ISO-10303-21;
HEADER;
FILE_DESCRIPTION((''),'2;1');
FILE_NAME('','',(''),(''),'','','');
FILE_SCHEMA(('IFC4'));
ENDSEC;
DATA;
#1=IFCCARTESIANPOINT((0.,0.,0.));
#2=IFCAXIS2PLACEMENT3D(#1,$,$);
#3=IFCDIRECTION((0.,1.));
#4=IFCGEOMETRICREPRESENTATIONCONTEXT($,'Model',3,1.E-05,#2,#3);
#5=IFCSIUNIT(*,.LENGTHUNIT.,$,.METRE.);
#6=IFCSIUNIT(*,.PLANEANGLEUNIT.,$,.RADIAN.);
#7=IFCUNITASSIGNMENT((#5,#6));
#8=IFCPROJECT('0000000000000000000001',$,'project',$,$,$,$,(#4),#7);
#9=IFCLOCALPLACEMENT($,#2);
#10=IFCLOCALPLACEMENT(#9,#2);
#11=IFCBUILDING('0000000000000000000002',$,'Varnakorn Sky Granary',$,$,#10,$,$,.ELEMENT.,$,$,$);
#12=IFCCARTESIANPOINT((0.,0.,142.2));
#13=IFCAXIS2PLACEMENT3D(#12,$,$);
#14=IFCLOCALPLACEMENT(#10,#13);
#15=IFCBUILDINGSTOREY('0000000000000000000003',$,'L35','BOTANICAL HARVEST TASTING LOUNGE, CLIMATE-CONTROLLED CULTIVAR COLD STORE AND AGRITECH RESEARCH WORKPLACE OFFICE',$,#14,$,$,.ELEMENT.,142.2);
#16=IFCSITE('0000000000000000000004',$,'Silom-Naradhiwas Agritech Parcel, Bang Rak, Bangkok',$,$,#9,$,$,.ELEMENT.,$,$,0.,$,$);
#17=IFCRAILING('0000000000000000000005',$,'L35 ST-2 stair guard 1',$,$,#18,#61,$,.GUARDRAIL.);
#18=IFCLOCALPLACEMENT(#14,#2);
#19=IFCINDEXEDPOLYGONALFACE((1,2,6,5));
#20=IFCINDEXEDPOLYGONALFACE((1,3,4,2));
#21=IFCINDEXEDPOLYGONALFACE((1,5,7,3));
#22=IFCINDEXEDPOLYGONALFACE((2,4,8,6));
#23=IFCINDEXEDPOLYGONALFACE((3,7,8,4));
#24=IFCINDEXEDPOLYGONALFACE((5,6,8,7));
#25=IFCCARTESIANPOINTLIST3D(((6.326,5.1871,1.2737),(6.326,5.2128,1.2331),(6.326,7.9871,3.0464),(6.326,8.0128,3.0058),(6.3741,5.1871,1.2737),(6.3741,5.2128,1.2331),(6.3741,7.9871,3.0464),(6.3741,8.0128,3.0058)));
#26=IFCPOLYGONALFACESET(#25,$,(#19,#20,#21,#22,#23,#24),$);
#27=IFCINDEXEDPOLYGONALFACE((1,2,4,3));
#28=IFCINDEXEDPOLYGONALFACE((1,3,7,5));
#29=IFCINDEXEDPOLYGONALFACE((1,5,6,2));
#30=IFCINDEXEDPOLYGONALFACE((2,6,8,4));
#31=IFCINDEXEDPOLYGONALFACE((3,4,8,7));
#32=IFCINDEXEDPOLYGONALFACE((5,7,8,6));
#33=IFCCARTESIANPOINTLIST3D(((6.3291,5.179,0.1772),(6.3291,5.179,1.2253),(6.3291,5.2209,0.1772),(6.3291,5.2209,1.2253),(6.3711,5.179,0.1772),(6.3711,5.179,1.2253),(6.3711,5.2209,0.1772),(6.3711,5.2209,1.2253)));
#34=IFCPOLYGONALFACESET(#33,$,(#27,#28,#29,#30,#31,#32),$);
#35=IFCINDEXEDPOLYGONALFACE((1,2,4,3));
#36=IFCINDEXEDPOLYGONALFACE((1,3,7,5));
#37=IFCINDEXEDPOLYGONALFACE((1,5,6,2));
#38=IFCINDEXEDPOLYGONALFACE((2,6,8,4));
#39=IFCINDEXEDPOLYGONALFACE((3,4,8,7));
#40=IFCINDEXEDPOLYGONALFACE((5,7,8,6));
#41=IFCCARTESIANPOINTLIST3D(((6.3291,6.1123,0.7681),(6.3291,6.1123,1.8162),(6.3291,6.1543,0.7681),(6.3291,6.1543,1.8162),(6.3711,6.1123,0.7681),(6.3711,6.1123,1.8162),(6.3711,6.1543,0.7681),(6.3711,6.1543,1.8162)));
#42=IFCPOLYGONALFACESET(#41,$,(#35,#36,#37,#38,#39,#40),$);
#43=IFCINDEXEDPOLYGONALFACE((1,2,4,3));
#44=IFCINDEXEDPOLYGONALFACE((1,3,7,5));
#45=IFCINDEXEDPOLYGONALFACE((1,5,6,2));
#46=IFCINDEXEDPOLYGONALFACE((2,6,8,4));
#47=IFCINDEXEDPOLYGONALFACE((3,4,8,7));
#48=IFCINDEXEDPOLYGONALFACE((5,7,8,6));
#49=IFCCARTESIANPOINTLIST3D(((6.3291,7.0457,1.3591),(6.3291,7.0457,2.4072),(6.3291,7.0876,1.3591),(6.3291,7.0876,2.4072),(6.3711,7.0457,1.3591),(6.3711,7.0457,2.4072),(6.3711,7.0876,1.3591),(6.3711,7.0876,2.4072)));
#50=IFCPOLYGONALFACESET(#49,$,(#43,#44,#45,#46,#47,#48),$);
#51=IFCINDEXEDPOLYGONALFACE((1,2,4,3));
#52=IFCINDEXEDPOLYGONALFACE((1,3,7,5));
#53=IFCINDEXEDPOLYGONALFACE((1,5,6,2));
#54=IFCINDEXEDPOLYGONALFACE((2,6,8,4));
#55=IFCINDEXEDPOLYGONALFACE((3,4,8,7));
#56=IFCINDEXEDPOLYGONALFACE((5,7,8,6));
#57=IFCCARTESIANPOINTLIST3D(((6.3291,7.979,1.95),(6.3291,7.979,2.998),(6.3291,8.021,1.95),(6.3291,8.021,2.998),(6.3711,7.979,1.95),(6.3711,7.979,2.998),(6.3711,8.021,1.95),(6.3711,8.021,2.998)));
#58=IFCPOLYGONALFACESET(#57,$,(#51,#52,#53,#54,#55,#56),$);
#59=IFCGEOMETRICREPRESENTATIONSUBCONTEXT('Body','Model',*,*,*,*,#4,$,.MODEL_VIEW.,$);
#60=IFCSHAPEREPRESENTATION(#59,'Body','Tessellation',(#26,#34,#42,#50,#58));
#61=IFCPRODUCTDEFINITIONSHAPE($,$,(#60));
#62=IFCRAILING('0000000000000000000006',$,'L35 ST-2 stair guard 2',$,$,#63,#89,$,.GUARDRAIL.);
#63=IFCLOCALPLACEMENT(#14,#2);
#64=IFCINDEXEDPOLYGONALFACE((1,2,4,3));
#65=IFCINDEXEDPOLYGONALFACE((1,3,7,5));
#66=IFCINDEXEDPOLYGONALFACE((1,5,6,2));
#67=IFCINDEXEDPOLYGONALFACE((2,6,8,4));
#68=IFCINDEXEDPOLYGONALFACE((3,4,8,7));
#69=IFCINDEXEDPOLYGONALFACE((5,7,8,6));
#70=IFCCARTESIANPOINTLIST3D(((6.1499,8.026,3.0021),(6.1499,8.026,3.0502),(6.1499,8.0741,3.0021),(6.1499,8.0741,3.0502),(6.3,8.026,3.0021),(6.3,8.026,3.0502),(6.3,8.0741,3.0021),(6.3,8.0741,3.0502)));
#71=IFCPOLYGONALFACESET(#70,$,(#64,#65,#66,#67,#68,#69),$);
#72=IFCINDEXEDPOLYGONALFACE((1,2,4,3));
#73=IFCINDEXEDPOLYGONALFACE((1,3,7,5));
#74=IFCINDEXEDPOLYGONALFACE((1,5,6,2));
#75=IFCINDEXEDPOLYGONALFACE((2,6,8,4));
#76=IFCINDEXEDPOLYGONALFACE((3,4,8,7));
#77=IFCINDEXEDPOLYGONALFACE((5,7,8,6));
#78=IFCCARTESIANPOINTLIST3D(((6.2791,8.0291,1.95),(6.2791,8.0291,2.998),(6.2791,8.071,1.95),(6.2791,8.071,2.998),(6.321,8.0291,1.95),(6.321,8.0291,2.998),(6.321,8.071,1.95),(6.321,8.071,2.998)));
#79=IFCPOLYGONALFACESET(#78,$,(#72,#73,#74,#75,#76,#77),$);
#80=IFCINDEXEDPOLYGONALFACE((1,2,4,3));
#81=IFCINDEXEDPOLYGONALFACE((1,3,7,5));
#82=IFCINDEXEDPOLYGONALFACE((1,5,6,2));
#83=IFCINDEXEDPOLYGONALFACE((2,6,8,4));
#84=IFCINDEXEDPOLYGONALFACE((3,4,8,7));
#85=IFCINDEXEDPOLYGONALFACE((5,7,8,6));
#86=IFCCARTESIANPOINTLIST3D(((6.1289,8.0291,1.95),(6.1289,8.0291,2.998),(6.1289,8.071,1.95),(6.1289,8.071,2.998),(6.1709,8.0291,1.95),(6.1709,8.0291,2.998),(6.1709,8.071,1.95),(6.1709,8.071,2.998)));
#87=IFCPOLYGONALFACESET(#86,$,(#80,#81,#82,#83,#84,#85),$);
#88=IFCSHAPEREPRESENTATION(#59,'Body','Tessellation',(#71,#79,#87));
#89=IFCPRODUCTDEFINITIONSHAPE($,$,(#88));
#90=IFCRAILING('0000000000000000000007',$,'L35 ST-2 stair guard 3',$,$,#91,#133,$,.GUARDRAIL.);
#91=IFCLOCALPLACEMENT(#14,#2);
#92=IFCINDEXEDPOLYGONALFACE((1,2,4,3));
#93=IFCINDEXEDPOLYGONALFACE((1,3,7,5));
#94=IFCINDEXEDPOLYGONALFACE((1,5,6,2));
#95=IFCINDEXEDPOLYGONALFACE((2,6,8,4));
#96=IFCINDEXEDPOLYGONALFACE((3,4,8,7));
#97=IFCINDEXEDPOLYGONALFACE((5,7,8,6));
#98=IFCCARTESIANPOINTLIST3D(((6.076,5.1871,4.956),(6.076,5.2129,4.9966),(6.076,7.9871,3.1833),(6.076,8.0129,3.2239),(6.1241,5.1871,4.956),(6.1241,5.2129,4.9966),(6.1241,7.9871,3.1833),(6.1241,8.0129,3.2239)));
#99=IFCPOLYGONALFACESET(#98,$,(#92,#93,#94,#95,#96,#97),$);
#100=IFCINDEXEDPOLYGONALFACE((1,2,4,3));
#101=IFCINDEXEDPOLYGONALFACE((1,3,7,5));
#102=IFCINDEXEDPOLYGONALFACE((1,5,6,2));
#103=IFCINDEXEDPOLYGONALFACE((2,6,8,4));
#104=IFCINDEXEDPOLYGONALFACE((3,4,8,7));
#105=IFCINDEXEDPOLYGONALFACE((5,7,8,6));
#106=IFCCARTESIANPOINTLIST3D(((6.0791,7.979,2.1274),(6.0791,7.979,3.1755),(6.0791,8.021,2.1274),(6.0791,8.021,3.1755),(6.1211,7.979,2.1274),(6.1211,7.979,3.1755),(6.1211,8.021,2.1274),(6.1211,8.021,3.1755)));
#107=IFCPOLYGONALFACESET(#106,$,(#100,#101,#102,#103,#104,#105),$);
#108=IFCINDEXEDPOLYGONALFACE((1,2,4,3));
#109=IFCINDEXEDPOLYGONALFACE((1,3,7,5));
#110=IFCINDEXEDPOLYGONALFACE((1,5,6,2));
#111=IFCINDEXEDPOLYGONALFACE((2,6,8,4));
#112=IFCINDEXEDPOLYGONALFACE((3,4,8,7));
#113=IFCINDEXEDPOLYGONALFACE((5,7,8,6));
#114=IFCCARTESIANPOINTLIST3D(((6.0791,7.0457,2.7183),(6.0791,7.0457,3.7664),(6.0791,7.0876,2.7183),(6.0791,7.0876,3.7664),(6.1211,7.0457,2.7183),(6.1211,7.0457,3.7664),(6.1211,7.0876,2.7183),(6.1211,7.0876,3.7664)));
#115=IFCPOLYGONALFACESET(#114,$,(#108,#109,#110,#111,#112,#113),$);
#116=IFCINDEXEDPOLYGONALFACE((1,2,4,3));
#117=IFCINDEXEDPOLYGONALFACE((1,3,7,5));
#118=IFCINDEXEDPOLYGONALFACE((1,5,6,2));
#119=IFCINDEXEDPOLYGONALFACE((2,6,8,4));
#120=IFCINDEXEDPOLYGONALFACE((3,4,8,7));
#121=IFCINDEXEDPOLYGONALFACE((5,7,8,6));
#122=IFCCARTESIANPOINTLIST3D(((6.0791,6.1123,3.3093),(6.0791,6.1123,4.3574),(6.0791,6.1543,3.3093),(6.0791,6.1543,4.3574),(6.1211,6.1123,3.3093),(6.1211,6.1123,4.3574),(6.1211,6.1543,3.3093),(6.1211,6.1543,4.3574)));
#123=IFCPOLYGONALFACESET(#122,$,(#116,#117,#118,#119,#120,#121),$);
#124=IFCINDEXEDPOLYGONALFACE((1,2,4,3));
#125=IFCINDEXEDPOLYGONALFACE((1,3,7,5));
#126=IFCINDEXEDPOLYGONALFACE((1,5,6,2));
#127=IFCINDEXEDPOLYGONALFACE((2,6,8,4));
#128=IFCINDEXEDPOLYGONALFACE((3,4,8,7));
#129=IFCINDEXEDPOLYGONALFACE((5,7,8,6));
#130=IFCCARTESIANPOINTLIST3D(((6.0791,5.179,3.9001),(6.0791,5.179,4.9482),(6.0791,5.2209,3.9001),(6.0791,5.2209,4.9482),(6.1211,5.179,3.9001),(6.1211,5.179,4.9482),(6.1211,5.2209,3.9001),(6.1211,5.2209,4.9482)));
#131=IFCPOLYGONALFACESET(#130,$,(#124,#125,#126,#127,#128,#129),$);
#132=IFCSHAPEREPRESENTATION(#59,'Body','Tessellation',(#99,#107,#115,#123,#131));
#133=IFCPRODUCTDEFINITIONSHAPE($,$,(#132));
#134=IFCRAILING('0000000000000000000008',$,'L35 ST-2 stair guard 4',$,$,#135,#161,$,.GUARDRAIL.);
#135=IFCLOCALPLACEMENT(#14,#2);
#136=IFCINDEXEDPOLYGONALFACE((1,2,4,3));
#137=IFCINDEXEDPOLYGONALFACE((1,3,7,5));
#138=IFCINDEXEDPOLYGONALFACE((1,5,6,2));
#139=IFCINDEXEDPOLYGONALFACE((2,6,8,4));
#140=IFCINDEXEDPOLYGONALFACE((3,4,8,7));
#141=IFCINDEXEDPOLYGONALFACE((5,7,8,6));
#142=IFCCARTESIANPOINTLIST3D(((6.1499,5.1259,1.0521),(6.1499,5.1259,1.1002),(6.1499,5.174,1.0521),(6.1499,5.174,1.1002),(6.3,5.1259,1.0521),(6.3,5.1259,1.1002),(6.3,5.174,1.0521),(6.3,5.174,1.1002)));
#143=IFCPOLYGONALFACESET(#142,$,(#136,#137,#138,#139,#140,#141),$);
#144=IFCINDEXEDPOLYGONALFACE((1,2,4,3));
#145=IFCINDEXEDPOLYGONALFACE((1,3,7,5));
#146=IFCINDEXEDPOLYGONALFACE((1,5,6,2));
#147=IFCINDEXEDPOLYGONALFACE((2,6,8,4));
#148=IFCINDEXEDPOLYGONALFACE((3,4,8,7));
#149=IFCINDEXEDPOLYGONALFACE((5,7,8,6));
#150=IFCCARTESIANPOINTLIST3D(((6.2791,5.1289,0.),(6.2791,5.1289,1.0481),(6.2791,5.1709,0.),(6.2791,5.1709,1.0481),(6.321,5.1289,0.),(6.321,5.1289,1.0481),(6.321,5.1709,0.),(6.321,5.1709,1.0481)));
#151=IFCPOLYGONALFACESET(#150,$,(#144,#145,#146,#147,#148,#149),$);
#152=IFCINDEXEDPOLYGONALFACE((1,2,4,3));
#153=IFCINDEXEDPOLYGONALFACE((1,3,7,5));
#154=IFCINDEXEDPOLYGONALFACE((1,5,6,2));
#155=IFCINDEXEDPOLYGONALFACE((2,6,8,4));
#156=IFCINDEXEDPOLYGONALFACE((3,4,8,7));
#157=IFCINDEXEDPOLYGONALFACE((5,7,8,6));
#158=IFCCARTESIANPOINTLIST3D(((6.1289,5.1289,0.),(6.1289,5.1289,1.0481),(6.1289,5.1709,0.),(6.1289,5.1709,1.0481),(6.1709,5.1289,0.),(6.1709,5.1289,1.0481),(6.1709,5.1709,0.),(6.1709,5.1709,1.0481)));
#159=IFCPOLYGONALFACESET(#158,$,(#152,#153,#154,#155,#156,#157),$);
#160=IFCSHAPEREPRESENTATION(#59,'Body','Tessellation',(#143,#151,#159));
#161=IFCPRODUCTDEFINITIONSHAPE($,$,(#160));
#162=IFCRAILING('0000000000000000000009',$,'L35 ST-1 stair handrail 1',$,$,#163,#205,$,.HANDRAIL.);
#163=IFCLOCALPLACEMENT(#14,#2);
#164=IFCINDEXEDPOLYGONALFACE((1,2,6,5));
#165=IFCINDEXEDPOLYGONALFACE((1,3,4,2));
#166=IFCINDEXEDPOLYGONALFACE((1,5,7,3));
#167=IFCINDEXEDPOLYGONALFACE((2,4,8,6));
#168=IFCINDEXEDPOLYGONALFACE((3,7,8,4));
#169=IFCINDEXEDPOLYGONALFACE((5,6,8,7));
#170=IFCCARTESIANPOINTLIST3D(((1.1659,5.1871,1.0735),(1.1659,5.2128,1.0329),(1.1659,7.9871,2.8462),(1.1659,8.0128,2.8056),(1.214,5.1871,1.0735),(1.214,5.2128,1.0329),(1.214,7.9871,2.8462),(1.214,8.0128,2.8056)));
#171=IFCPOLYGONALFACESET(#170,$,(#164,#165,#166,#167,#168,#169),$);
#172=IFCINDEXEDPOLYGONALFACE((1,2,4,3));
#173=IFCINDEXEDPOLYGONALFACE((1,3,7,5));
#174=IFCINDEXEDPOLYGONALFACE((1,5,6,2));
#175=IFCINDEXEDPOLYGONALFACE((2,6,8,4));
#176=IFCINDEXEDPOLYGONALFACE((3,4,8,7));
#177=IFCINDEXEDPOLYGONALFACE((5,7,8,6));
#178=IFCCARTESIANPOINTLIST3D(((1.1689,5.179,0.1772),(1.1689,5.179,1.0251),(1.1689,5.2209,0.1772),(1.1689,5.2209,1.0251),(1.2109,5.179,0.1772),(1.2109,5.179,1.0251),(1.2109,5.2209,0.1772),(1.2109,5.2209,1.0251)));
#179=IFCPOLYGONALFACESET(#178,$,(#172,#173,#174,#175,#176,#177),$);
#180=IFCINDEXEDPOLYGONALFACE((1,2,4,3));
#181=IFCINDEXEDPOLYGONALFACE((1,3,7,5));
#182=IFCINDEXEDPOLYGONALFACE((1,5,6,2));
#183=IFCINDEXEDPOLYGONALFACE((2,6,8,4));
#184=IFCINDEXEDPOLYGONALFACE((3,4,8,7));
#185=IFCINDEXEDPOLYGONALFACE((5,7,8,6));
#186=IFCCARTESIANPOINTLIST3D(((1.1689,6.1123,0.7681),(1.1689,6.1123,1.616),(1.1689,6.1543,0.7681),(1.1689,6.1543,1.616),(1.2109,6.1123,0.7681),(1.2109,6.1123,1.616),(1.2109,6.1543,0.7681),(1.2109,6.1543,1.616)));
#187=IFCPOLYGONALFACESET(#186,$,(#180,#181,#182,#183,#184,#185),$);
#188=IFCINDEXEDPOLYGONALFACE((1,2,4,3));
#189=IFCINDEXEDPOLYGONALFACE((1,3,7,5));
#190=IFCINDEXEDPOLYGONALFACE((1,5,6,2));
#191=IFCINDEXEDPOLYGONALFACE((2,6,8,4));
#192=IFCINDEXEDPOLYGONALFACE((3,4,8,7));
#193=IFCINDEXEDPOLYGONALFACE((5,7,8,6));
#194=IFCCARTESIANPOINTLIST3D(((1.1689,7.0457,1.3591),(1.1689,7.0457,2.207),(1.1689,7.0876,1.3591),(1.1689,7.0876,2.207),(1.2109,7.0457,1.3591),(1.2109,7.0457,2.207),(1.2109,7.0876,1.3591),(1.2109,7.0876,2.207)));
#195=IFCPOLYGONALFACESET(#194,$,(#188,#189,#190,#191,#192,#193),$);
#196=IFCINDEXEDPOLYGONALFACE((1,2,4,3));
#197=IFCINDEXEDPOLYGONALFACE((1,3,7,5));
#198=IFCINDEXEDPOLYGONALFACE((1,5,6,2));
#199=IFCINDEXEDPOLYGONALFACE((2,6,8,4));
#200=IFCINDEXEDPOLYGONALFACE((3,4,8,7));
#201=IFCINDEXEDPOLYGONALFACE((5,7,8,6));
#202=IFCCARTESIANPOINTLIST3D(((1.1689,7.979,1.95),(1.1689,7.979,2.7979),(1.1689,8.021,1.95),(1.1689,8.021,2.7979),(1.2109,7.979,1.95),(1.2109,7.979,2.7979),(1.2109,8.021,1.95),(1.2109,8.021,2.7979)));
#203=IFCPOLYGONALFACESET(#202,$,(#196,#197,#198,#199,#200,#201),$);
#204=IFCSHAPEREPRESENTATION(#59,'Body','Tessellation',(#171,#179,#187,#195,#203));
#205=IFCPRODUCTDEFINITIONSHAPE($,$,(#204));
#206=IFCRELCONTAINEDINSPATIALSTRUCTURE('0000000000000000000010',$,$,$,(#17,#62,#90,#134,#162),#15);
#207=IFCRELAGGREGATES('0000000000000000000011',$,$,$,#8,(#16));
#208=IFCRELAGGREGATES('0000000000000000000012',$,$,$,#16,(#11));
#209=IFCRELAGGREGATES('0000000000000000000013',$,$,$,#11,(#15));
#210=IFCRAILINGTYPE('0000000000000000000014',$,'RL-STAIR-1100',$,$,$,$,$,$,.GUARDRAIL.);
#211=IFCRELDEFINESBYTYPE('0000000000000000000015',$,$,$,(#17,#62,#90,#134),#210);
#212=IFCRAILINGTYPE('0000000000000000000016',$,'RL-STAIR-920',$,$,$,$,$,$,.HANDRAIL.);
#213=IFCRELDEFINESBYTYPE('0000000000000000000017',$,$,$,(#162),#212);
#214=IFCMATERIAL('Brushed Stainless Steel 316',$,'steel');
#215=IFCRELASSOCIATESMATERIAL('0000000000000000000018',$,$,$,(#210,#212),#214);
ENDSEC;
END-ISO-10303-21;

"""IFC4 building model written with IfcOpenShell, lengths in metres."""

from ifc_helpers import new_model, si_unit, direction, frame, origin, origin_2d, place, context, subcontext, project, spatial, rectangle, extrude, material, type_object, element, save


model = new_model("IFC4")

# Units and contexts
model_context = context("Model", 3, precision=1e-05, world=origin(), true_north=direction((0.0, 1.0)))
body_context = subcontext(model_context, "Body", "Model", "MODEL_VIEW")
ifc_project = project(units=[si_unit("LENGTHUNIT", "METRE"), si_unit("PLANEANGLEUNIT", "RADIAN")], contexts=[model_context])

# Site, building, storey
site_placement = place(None, origin())
site = spatial("IfcSite", under=ifc_project, at=site_placement, Name="Silom-Naradhiwas Agritech Parcel, Bang Rak, Bangkok", CompositionType="ELEMENT", RefElevation=0.0)
building_placement = place(site_placement, origin())
building = spatial("IfcBuilding", under=site, at=building_placement, Name="Varnakorn Sky Granary", CompositionType="ELEMENT")
storey_placement = place(building_placement, frame((0.0, 0.0, 142.2)))
storey = spatial("IfcBuildingStorey", under=building, at=storey_placement, Name="L35", Description="BOTANICAL HARVEST TASTING LOUNGE, CLIMATE-CONTROLLED CULTIVAR COLD STORE AND AGRITECH RESEARCH WORKPLACE OFFICE", CompositionType="ELEMENT", Elevation=142.2)

# Railings
ifc_material_1 = material(Name="Brushed Stainless Steel 316", Category="steel")
railing_type_1 = type_object("IfcRailingType", Name="RL-STAIR-1100", PredefinedType="GUARDRAIL", material=ifc_material_1)
railing_1_placement = place(storey_placement, frame((6.3501, 5.2, 0.1772)))
element("IfcRailing", 1, at=railing_1_placement, inside=storey, type_object=railing_type_1, Name="L35 ST-2 stair guard 1", PredefinedType="GUARDRAIL", context=body_context, shape_type="SweptSolid", body=[
    extrude(rectangle(XDim=0.0481, YDim=0.0481, at=origin_2d()), frame((0.0, 0.0, 1.0762), z_axis=(0.0, 0.844909, 0.53491), x_axis=(-1.0, 0.0, 0.0)), (0.0, 0.0, 1.0), 3.314),
    extrude(rectangle(XDim=0.042, YDim=0.042, at=origin_2d()), origin(), (0.0, 0.0, 1.0), 1.0481),
    extrude(rectangle(XDim=0.042, YDim=0.042, at=origin_2d()), frame((0.0, 0.9333, 0.5908)), (0.0, 0.0, 1.0), 1.0481),
    extrude(rectangle(XDim=0.042, YDim=0.042, at=origin_2d()), frame((0.0, 1.8667, 1.1819)), (0.0, 0.0, 1.0), 1.0481),
    extrude(rectangle(XDim=0.042, YDim=0.042, at=origin_2d()), frame((0.0, 2.8, 1.7727)), (0.0, 0.0, 1.0), 1.0481),
])
railing_2_placement = place(storey_placement, frame((6.3, 8.05, 1.95)))
element("IfcRailing", 2, at=railing_2_placement, inside=storey, type_object=railing_type_1, Name="L35 ST-2 stair guard 2", PredefinedType="GUARDRAIL", context=body_context, shape_type="SweptSolid", body=[
    extrude(rectangle(XDim=0.0481, YDim=0.0481, at=origin_2d()), frame((0.0, 0.0, 1.0762), z_axis=(-1.0, 0.0, 0.0), x_axis=(0.0, -1.0, 0.0)), (0.0, 0.0, 1.0), 0.1501),
    extrude(rectangle(XDim=0.042, YDim=0.042, at=origin_2d()), origin(), (0.0, 0.0, 1.0), 1.0481),
    extrude(rectangle(XDim=0.042, YDim=0.042, at=origin_2d()), frame((-0.1501, 0.0, 0.0)), (0.0, 0.0, 1.0), 1.0481),
])
railing_3_placement = place(storey_placement, frame((6.1001, 8.0, 2.1274)))
element("IfcRailing", 3, at=railing_3_placement, inside=storey, type_object=railing_type_1, Name="L35 ST-2 stair guard 3", PredefinedType="GUARDRAIL", context=body_context, shape_type="SweptSolid", body=[
    extrude(rectangle(XDim=0.0481, YDim=0.0481, at=origin_2d()), frame((0.0, 0.0, 1.0762), z_axis=(0.0, -0.844909, 0.53491), x_axis=(1.0, 0.0, 0.0)), (0.0, 0.0, 1.0), 3.314),
    extrude(rectangle(XDim=0.042, YDim=0.042, at=origin_2d()), origin(), (0.0, 0.0, 1.0), 1.0481),
    extrude(rectangle(XDim=0.042, YDim=0.042, at=origin_2d()), frame((0.0, -0.9333, 0.5908)), (0.0, 0.0, 1.0), 1.0481),
    extrude(rectangle(XDim=0.042, YDim=0.042, at=origin_2d()), frame((0.0, -1.8667, 1.1819)), (0.0, 0.0, 1.0), 1.0481),
    extrude(rectangle(XDim=0.042, YDim=0.042, at=origin_2d()), frame((0.0, -2.8, 1.7727)), (0.0, 0.0, 1.0), 1.0481),
])
railing_4_placement = place(storey_placement, frame((6.3, 5.1499, 0.0)))
element("IfcRailing", 4, at=railing_4_placement, inside=storey, type_object=railing_type_1, Name="L35 ST-2 stair guard 4", PredefinedType="GUARDRAIL", context=body_context, shape_type="SweptSolid", body=[
    extrude(rectangle(XDim=0.0481, YDim=0.0481, at=origin_2d()), frame((0.0, 0.0, 1.0762), z_axis=(-1.0, 0.0, 0.0), x_axis=(0.0, -1.0, 0.0)), (0.0, 0.0, 1.0), 0.1501),
    extrude(rectangle(XDim=0.042, YDim=0.042, at=origin_2d()), origin(), (0.0, 0.0, 1.0), 1.0481),
    extrude(rectangle(XDim=0.042, YDim=0.042, at=origin_2d()), frame((-0.1501, 0.0, 0.0)), (0.0, 0.0, 1.0), 1.0481),
])
railing_type_2 = type_object("IfcRailingType", Name="RL-STAIR-920", PredefinedType="HANDRAIL", material=ifc_material_1)
for number, where, name in (
    (5, (1.1899, 5.2, 0.1772), "L35 ST-1 stair handrail 1"),
):
    element("IfcRailing", number, at=place(storey_placement, frame(where)), inside=storey, type_object=railing_type_2, Name=name, PredefinedType="HANDRAIL", context=body_context, shape_type="SweptSolid", body=[
        extrude(rectangle(XDim=0.0481, YDim=0.0481, at=origin_2d()), frame((0.0, 0.0, 0.876), z_axis=(0.0, 0.844909, 0.53491), x_axis=(-1.0, 0.0, 0.0)), (0.0, 0.0, 1.0), 3.314),
        extrude(rectangle(XDim=0.042, YDim=0.042, at=origin_2d()), origin(), (0.0, 0.0, 1.0), 0.8479),
        extrude(rectangle(XDim=0.042, YDim=0.042, at=origin_2d()), frame((0.0, 0.9333, 0.5908)), (0.0, 0.0, 1.0), 0.8479),
        extrude(rectangle(XDim=0.042, YDim=0.042, at=origin_2d()), frame((0.0, 1.8667, 1.1819)), (0.0, 0.0, 1.0), 0.8479),
        extrude(rectangle(XDim=0.042, YDim=0.042, at=origin_2d()), frame((0.0, 2.8, 1.7727)), (0.0, 0.0, 1.0), 0.8479),
    ])

save(model, "model.ifc")
